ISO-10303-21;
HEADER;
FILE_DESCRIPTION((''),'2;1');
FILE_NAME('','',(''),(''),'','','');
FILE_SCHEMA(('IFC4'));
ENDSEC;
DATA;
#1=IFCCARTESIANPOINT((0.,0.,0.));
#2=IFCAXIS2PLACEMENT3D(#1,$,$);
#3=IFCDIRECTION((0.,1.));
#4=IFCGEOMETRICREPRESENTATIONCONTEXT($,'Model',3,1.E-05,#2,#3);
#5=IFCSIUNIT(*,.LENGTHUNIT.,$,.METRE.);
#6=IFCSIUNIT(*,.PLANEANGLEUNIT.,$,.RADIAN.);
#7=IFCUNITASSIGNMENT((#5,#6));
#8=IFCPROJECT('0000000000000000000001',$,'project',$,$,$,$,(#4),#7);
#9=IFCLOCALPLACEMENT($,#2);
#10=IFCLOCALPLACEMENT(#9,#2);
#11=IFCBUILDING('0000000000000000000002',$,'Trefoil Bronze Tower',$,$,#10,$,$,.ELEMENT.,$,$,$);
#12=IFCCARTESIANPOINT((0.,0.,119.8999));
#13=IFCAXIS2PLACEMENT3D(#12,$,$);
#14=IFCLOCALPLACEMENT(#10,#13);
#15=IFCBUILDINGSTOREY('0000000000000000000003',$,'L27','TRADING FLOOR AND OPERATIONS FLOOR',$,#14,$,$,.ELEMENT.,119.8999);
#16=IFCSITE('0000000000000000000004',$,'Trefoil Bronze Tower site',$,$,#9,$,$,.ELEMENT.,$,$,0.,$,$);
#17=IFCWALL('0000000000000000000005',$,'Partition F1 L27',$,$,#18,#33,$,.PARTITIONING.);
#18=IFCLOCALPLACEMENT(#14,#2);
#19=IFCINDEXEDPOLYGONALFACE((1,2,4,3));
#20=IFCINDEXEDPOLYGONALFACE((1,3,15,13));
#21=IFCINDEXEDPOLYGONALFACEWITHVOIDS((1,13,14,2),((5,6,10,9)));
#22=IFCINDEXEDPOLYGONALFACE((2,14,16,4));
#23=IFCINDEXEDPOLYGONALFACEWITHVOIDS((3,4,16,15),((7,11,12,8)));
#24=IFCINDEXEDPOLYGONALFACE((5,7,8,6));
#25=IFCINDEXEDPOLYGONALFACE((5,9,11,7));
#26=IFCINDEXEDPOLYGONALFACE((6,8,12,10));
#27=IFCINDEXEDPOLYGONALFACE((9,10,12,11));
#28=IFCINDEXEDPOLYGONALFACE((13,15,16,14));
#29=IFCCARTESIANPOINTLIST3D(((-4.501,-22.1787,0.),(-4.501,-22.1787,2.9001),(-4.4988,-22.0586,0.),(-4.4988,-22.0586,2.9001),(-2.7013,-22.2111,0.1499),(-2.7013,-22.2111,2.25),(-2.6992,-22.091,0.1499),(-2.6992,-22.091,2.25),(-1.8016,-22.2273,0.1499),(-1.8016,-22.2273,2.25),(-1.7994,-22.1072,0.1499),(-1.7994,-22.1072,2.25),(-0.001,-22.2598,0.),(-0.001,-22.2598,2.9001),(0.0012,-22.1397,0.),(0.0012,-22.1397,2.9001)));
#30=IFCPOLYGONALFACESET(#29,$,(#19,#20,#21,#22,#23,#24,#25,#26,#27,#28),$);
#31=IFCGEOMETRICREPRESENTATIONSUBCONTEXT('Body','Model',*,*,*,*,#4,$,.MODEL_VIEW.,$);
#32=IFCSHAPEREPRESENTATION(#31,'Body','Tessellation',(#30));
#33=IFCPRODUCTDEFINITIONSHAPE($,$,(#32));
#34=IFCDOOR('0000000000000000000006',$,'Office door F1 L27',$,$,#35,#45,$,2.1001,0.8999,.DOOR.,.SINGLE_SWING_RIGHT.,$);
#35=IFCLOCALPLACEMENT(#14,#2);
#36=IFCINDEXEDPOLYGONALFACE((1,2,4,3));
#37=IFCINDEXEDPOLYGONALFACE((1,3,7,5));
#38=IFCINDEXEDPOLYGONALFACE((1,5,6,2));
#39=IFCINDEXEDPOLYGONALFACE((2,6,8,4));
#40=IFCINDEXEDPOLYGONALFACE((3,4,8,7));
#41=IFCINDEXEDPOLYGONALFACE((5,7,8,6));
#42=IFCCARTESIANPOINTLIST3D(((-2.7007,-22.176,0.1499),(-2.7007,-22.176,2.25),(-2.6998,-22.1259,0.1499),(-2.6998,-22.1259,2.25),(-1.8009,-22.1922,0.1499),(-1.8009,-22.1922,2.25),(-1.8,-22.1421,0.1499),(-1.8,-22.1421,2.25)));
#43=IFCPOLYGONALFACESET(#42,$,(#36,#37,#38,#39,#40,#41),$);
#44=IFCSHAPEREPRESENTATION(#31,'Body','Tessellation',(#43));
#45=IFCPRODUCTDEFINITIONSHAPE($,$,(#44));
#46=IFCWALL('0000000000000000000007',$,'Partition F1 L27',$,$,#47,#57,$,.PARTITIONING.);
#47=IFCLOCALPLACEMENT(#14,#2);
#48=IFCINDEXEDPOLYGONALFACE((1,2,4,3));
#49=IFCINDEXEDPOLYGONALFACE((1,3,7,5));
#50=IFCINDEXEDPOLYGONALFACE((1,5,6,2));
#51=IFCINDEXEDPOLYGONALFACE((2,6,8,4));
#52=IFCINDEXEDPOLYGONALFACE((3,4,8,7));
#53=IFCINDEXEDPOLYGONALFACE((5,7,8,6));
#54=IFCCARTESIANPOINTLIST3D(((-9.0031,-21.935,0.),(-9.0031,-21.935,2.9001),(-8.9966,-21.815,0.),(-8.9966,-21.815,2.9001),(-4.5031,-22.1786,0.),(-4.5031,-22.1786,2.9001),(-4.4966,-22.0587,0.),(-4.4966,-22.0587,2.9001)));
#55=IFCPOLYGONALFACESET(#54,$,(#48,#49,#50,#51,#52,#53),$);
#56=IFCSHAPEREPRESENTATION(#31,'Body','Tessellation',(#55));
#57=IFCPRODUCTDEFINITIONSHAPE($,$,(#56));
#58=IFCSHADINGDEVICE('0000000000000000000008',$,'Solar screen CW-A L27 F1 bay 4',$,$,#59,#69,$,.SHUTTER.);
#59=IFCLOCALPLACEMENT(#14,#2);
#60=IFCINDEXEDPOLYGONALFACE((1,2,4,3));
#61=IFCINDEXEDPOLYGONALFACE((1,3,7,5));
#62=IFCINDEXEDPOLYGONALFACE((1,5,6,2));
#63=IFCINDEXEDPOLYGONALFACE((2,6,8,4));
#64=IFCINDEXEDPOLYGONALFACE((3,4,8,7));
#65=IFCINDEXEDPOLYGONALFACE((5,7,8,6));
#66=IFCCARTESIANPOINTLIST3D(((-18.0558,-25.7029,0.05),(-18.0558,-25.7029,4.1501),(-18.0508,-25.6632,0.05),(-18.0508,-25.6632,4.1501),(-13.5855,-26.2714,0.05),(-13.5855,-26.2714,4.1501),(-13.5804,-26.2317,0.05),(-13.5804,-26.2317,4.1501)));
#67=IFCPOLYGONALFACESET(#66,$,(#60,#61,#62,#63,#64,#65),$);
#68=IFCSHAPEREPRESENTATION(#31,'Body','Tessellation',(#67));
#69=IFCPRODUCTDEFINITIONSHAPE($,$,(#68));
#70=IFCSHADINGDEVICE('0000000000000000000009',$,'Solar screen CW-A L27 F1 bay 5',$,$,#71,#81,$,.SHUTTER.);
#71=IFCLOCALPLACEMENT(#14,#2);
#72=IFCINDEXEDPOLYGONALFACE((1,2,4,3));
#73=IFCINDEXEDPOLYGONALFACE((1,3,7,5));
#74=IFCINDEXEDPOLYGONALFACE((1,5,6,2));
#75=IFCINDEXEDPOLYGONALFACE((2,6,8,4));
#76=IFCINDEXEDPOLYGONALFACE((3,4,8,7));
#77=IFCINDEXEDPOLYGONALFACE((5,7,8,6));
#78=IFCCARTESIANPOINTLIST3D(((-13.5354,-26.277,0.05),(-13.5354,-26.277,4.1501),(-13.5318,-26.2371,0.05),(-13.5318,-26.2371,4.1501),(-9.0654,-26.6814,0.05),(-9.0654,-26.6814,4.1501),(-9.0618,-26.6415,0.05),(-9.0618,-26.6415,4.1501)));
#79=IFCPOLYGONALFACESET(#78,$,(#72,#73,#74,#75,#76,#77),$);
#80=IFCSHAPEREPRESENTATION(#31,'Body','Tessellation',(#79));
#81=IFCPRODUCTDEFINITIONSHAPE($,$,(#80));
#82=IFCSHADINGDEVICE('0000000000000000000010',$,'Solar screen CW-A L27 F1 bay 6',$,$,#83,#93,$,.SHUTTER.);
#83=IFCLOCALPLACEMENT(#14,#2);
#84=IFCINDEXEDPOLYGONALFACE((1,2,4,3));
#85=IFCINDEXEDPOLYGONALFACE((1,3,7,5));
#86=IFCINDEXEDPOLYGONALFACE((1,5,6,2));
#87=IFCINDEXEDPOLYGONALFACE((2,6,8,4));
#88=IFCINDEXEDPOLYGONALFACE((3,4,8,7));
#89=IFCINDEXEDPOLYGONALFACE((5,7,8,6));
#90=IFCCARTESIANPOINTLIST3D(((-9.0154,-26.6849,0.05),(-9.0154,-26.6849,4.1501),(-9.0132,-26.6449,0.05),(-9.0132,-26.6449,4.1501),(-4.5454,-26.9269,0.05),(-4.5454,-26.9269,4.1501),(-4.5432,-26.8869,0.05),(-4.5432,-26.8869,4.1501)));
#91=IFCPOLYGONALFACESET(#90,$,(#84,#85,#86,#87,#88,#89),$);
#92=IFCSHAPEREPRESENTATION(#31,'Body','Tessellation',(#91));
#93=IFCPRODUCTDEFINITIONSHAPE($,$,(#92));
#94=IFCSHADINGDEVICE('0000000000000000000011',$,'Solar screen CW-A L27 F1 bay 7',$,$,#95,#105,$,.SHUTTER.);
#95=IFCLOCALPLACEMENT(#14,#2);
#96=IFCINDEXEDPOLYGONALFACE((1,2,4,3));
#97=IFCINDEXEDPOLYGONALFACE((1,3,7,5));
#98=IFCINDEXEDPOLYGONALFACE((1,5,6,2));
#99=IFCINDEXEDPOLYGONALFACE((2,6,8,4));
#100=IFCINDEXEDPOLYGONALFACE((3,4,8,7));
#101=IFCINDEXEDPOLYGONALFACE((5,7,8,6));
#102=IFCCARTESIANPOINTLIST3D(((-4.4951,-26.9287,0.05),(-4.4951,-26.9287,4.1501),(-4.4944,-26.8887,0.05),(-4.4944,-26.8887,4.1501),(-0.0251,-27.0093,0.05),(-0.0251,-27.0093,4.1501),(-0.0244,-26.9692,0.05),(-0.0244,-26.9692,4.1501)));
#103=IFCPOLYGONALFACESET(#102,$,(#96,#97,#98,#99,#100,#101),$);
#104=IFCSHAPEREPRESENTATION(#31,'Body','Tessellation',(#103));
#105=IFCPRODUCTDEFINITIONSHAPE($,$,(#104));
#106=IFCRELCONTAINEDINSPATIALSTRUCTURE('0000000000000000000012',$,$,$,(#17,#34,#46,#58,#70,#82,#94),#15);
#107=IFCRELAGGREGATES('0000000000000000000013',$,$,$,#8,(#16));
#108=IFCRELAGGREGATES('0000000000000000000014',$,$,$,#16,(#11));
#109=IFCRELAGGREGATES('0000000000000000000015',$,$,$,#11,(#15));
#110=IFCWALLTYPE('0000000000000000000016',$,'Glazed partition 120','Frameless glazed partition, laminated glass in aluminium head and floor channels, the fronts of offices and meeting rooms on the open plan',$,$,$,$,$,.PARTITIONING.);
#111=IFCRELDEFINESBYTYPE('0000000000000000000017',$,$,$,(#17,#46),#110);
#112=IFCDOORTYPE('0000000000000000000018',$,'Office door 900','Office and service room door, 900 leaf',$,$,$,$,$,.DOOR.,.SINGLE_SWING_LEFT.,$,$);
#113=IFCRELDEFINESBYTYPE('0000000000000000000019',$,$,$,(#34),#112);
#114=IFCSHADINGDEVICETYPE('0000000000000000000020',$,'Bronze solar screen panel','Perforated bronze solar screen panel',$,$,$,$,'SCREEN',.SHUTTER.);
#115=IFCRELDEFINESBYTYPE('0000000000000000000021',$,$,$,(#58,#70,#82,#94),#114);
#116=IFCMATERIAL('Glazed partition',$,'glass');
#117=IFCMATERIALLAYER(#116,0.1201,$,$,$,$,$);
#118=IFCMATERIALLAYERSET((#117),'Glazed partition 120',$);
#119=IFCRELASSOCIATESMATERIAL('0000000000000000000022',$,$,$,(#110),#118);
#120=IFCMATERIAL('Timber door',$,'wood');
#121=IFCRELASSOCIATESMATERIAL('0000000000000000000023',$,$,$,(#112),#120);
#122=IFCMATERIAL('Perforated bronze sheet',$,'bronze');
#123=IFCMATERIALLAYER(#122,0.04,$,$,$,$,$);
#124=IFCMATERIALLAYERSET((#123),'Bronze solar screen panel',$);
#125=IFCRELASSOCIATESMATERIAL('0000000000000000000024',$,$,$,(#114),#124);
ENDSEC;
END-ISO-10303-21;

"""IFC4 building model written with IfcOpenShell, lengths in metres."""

from ifc_helpers import new_model, si_unit, direction, frame, frame_2d, origin, origin_2d, place, context, subcontext, project, spatial, rectangle, extrude, material, layer, layer_set, type_object, element, fill, save


model = new_model("IFC4")

# Units and contexts
model_context = context("Model", 3, precision=1e-05, world=origin(), true_north=direction((0.0, 1.0)))
body_context = subcontext(model_context, "Body", "Model", "MODEL_VIEW")
ifc_project = project(units=[si_unit("LENGTHUNIT", "METRE"), si_unit("PLANEANGLEUNIT", "RADIAN")], contexts=[model_context])

# Site, building, storey
site_placement = place(None, origin())
site = spatial("IfcSite", under=ifc_project, at=site_placement, Name="Trefoil Bronze Tower site", CompositionType="ELEMENT", RefElevation=0.0)
building_placement = place(site_placement, origin())
building = spatial("IfcBuilding", under=site, at=building_placement, Name="Trefoil Bronze Tower", CompositionType="ELEMENT")
storey_placement = place(building_placement, frame((0.0, 0.0, 119.8999)))
storey = spatial("IfcBuildingStorey", under=building, at=storey_placement, Name="L27", Description="TRADING FLOOR AND OPERATIONS FLOOR", CompositionType="ELEMENT", Elevation=119.8999)

# Wall, opening, door
ifc_material_1 = material(Name="Glazed partition", Category="glass")
ifc_layer_1 = layer(ifc_material_1, 0.1201)
ifc_layer_set_1 = layer_set([ifc_layer_1], Name="Glazed partition 120")
wall_type = type_object("IfcWallType", Name="Glazed partition 120", Description="Frameless glazed partition, laminated glass in aluminium head and floor channels, the fronts of offices and meeting rooms on the open plan", PredefinedType="PARTITIONING", material=ifc_layer_set_1)
wall_1_placement = place(storey_placement, frame((-4.5, -22.1187, 0.0), z_axis=(0.0, 0.0, 1.0), x_axis=(0.999838, -0.018009, 0.0)))
wall_1 = element("IfcWall", 1, at=wall_1_placement, inside=storey, type_object=wall_type, Name="Partition F1 L27", PredefinedType="PARTITIONING", context=body_context, shape_type="SweptSolid", body=[
    extrude(rectangle(XDim=4.5007, YDim=0.1201, at=frame_2d((2.2505, 0.0))), origin(), (0.0, 0.0, 1.0), 2.9001),
])
opening_placement = place(wall_1_placement, frame((1.8, 0.0, 0.1499)))
opening = element("IfcOpeningElement", 2, at=opening_placement, cuts=wall_1, PredefinedType="OPENING", context=body_context, shape_type="SweptSolid", body=[
    extrude(rectangle(XDim=0.8999, YDim=2.1001, at=frame_2d((0.45, 1.05))), frame((0.0, 0.0701, 0.0), z_axis=(0.0, -1.0, 0.0), x_axis=(1.0, 0.0, 0.0)), (0.0, 0.0, 1.0), 0.1401),
])
ifc_material_2 = material(Name="Timber door", Category="wood")
door_type = type_object("IfcDoorType", Name="Office door 900", Description="Office and service room door, 900 leaf", OperationType="SINGLE_SWING_LEFT", PredefinedType="DOOR", material=ifc_material_2)
door_placement = place(opening_placement, frame((0.8999, 0.0, 0.0), z_axis=(0.0, 0.0, 1.0), x_axis=(-1.0, 0.0, 0.0)))
door = element("IfcDoor", 3, at=door_placement, inside=storey, type_object=door_type, Name="Office door F1 L27", OperationType="SINGLE_SWING_RIGHT", OverallHeight=2.1001, OverallWidth=0.8999, PredefinedType="DOOR", context=body_context, shape_type="SweptSolid", body=[
    extrude(rectangle(XDim=0.8999, YDim=2.1001, at=frame_2d((0.45, 1.05))), frame((0.0, 0.0249, 0.0), z_axis=(0.0, -1.0, 0.0), x_axis=(1.0, 0.0, 0.0)), (0.0, 0.0, 1.0), 0.05),
])
fill(opening, door)

# Wall
wall_2_placement = place(storey_placement, frame((-9.0, -21.875, 0.0), z_axis=(0.0, 0.0, 1.0), x_axis=(0.998537, -0.054066, 0.0)))
element("IfcWall", 4, at=wall_2_placement, inside=storey, type_object=wall_type, Name="Partition F1 L27", PredefinedType="PARTITIONING", context=body_context, shape_type="SweptSolid", body=[
    extrude(rectangle(XDim=4.5066, YDim=0.1201, at=frame_2d((2.2534, 0.0))), origin(), (0.0, 0.0, 1.0), 2.9001),
])

# Shading devices
ifc_material_3 = material(Name="Perforated bronze sheet", Category="bronze")
ifc_layer_2 = layer(ifc_material_3, 0.04)
ifc_layer_set_2 = layer_set([ifc_layer_2], Name="Bronze solar screen panel")
shading_device_type = type_object("IfcShadingDeviceType", Name="Bronze solar screen panel", Description="Perforated bronze solar screen panel", ElementType="SCREEN", PredefinedType="SHUTTER", material=ifc_layer_set_2)
shading_device_1_placement = place(storey_placement, frame((-15.8181, -25.9673, 0.05), z_axis=(0.0, 0.0, 1.0), x_axis=(0.992012, -0.126147, 0.0)))
element("IfcShadingDevice", 5, at=shading_device_1_placement, inside=storey, type_object=shading_device_type, Name="Solar screen CW-A L27 F1 bay 4", PredefinedType="SHUTTER", context=body_context, shape_type="SweptSolid", body=[
    extrude(rectangle(XDim=4.5063, YDim=0.04, at=origin_2d()), origin(), (0.0, 0.0, 1.0), 4.1001),
])
shading_device_2_placement = place(storey_placement, frame((-11.2986, -26.4592, 0.05), z_axis=(0.0, 0.0, 1.0), x_axis=(0.995932, -0.090105, 0.0)))
element("IfcShadingDevice", 6, at=shading_device_2_placement, inside=storey, type_object=shading_device_type, Name="Solar screen CW-A L27 F1 bay 5", PredefinedType="SHUTTER", context=body_context, shape_type="SweptSolid", body=[
    extrude(rectangle(XDim=4.4883, YDim=0.04, at=origin_2d()), origin(), (0.0, 0.0, 1.0), 4.1001),
])
shading_device_3_placement = place(storey_placement, frame((-6.7793, -26.7859, 0.05), z_axis=(0.0, 0.0, 1.0), x_axis=(0.998538, -0.054063, 0.0)))
element("IfcShadingDevice", 7, at=shading_device_3_placement, inside=storey, type_object=shading_device_type, Name="Solar screen CW-A L27 F1 bay 6", PredefinedType="SHUTTER", context=body_context, shape_type="SweptSolid", body=[
    extrude(rectangle(XDim=4.4766, YDim=0.04, at=origin_2d()), origin(), (0.0, 0.0, 1.0), 4.1001),
])
shading_device_4_placement = place(storey_placement, frame((-2.2598, -26.949, 0.05), z_axis=(0.0, 0.0, 1.0), x_axis=(0.999838, -0.018021, 0.0)))
element("IfcShadingDevice", 8, at=shading_device_4_placement, inside=storey, type_object=shading_device_type, Name="Solar screen CW-A L27 F1 bay 7", PredefinedType="SHUTTER", context=body_context, shape_type="SweptSolid", body=[
    extrude(rectangle(XDim=4.4707, YDim=0.04, at=origin_2d()), origin(), (0.0, 0.0, 1.0), 4.1001),
])

save(model, "model.ifc")
